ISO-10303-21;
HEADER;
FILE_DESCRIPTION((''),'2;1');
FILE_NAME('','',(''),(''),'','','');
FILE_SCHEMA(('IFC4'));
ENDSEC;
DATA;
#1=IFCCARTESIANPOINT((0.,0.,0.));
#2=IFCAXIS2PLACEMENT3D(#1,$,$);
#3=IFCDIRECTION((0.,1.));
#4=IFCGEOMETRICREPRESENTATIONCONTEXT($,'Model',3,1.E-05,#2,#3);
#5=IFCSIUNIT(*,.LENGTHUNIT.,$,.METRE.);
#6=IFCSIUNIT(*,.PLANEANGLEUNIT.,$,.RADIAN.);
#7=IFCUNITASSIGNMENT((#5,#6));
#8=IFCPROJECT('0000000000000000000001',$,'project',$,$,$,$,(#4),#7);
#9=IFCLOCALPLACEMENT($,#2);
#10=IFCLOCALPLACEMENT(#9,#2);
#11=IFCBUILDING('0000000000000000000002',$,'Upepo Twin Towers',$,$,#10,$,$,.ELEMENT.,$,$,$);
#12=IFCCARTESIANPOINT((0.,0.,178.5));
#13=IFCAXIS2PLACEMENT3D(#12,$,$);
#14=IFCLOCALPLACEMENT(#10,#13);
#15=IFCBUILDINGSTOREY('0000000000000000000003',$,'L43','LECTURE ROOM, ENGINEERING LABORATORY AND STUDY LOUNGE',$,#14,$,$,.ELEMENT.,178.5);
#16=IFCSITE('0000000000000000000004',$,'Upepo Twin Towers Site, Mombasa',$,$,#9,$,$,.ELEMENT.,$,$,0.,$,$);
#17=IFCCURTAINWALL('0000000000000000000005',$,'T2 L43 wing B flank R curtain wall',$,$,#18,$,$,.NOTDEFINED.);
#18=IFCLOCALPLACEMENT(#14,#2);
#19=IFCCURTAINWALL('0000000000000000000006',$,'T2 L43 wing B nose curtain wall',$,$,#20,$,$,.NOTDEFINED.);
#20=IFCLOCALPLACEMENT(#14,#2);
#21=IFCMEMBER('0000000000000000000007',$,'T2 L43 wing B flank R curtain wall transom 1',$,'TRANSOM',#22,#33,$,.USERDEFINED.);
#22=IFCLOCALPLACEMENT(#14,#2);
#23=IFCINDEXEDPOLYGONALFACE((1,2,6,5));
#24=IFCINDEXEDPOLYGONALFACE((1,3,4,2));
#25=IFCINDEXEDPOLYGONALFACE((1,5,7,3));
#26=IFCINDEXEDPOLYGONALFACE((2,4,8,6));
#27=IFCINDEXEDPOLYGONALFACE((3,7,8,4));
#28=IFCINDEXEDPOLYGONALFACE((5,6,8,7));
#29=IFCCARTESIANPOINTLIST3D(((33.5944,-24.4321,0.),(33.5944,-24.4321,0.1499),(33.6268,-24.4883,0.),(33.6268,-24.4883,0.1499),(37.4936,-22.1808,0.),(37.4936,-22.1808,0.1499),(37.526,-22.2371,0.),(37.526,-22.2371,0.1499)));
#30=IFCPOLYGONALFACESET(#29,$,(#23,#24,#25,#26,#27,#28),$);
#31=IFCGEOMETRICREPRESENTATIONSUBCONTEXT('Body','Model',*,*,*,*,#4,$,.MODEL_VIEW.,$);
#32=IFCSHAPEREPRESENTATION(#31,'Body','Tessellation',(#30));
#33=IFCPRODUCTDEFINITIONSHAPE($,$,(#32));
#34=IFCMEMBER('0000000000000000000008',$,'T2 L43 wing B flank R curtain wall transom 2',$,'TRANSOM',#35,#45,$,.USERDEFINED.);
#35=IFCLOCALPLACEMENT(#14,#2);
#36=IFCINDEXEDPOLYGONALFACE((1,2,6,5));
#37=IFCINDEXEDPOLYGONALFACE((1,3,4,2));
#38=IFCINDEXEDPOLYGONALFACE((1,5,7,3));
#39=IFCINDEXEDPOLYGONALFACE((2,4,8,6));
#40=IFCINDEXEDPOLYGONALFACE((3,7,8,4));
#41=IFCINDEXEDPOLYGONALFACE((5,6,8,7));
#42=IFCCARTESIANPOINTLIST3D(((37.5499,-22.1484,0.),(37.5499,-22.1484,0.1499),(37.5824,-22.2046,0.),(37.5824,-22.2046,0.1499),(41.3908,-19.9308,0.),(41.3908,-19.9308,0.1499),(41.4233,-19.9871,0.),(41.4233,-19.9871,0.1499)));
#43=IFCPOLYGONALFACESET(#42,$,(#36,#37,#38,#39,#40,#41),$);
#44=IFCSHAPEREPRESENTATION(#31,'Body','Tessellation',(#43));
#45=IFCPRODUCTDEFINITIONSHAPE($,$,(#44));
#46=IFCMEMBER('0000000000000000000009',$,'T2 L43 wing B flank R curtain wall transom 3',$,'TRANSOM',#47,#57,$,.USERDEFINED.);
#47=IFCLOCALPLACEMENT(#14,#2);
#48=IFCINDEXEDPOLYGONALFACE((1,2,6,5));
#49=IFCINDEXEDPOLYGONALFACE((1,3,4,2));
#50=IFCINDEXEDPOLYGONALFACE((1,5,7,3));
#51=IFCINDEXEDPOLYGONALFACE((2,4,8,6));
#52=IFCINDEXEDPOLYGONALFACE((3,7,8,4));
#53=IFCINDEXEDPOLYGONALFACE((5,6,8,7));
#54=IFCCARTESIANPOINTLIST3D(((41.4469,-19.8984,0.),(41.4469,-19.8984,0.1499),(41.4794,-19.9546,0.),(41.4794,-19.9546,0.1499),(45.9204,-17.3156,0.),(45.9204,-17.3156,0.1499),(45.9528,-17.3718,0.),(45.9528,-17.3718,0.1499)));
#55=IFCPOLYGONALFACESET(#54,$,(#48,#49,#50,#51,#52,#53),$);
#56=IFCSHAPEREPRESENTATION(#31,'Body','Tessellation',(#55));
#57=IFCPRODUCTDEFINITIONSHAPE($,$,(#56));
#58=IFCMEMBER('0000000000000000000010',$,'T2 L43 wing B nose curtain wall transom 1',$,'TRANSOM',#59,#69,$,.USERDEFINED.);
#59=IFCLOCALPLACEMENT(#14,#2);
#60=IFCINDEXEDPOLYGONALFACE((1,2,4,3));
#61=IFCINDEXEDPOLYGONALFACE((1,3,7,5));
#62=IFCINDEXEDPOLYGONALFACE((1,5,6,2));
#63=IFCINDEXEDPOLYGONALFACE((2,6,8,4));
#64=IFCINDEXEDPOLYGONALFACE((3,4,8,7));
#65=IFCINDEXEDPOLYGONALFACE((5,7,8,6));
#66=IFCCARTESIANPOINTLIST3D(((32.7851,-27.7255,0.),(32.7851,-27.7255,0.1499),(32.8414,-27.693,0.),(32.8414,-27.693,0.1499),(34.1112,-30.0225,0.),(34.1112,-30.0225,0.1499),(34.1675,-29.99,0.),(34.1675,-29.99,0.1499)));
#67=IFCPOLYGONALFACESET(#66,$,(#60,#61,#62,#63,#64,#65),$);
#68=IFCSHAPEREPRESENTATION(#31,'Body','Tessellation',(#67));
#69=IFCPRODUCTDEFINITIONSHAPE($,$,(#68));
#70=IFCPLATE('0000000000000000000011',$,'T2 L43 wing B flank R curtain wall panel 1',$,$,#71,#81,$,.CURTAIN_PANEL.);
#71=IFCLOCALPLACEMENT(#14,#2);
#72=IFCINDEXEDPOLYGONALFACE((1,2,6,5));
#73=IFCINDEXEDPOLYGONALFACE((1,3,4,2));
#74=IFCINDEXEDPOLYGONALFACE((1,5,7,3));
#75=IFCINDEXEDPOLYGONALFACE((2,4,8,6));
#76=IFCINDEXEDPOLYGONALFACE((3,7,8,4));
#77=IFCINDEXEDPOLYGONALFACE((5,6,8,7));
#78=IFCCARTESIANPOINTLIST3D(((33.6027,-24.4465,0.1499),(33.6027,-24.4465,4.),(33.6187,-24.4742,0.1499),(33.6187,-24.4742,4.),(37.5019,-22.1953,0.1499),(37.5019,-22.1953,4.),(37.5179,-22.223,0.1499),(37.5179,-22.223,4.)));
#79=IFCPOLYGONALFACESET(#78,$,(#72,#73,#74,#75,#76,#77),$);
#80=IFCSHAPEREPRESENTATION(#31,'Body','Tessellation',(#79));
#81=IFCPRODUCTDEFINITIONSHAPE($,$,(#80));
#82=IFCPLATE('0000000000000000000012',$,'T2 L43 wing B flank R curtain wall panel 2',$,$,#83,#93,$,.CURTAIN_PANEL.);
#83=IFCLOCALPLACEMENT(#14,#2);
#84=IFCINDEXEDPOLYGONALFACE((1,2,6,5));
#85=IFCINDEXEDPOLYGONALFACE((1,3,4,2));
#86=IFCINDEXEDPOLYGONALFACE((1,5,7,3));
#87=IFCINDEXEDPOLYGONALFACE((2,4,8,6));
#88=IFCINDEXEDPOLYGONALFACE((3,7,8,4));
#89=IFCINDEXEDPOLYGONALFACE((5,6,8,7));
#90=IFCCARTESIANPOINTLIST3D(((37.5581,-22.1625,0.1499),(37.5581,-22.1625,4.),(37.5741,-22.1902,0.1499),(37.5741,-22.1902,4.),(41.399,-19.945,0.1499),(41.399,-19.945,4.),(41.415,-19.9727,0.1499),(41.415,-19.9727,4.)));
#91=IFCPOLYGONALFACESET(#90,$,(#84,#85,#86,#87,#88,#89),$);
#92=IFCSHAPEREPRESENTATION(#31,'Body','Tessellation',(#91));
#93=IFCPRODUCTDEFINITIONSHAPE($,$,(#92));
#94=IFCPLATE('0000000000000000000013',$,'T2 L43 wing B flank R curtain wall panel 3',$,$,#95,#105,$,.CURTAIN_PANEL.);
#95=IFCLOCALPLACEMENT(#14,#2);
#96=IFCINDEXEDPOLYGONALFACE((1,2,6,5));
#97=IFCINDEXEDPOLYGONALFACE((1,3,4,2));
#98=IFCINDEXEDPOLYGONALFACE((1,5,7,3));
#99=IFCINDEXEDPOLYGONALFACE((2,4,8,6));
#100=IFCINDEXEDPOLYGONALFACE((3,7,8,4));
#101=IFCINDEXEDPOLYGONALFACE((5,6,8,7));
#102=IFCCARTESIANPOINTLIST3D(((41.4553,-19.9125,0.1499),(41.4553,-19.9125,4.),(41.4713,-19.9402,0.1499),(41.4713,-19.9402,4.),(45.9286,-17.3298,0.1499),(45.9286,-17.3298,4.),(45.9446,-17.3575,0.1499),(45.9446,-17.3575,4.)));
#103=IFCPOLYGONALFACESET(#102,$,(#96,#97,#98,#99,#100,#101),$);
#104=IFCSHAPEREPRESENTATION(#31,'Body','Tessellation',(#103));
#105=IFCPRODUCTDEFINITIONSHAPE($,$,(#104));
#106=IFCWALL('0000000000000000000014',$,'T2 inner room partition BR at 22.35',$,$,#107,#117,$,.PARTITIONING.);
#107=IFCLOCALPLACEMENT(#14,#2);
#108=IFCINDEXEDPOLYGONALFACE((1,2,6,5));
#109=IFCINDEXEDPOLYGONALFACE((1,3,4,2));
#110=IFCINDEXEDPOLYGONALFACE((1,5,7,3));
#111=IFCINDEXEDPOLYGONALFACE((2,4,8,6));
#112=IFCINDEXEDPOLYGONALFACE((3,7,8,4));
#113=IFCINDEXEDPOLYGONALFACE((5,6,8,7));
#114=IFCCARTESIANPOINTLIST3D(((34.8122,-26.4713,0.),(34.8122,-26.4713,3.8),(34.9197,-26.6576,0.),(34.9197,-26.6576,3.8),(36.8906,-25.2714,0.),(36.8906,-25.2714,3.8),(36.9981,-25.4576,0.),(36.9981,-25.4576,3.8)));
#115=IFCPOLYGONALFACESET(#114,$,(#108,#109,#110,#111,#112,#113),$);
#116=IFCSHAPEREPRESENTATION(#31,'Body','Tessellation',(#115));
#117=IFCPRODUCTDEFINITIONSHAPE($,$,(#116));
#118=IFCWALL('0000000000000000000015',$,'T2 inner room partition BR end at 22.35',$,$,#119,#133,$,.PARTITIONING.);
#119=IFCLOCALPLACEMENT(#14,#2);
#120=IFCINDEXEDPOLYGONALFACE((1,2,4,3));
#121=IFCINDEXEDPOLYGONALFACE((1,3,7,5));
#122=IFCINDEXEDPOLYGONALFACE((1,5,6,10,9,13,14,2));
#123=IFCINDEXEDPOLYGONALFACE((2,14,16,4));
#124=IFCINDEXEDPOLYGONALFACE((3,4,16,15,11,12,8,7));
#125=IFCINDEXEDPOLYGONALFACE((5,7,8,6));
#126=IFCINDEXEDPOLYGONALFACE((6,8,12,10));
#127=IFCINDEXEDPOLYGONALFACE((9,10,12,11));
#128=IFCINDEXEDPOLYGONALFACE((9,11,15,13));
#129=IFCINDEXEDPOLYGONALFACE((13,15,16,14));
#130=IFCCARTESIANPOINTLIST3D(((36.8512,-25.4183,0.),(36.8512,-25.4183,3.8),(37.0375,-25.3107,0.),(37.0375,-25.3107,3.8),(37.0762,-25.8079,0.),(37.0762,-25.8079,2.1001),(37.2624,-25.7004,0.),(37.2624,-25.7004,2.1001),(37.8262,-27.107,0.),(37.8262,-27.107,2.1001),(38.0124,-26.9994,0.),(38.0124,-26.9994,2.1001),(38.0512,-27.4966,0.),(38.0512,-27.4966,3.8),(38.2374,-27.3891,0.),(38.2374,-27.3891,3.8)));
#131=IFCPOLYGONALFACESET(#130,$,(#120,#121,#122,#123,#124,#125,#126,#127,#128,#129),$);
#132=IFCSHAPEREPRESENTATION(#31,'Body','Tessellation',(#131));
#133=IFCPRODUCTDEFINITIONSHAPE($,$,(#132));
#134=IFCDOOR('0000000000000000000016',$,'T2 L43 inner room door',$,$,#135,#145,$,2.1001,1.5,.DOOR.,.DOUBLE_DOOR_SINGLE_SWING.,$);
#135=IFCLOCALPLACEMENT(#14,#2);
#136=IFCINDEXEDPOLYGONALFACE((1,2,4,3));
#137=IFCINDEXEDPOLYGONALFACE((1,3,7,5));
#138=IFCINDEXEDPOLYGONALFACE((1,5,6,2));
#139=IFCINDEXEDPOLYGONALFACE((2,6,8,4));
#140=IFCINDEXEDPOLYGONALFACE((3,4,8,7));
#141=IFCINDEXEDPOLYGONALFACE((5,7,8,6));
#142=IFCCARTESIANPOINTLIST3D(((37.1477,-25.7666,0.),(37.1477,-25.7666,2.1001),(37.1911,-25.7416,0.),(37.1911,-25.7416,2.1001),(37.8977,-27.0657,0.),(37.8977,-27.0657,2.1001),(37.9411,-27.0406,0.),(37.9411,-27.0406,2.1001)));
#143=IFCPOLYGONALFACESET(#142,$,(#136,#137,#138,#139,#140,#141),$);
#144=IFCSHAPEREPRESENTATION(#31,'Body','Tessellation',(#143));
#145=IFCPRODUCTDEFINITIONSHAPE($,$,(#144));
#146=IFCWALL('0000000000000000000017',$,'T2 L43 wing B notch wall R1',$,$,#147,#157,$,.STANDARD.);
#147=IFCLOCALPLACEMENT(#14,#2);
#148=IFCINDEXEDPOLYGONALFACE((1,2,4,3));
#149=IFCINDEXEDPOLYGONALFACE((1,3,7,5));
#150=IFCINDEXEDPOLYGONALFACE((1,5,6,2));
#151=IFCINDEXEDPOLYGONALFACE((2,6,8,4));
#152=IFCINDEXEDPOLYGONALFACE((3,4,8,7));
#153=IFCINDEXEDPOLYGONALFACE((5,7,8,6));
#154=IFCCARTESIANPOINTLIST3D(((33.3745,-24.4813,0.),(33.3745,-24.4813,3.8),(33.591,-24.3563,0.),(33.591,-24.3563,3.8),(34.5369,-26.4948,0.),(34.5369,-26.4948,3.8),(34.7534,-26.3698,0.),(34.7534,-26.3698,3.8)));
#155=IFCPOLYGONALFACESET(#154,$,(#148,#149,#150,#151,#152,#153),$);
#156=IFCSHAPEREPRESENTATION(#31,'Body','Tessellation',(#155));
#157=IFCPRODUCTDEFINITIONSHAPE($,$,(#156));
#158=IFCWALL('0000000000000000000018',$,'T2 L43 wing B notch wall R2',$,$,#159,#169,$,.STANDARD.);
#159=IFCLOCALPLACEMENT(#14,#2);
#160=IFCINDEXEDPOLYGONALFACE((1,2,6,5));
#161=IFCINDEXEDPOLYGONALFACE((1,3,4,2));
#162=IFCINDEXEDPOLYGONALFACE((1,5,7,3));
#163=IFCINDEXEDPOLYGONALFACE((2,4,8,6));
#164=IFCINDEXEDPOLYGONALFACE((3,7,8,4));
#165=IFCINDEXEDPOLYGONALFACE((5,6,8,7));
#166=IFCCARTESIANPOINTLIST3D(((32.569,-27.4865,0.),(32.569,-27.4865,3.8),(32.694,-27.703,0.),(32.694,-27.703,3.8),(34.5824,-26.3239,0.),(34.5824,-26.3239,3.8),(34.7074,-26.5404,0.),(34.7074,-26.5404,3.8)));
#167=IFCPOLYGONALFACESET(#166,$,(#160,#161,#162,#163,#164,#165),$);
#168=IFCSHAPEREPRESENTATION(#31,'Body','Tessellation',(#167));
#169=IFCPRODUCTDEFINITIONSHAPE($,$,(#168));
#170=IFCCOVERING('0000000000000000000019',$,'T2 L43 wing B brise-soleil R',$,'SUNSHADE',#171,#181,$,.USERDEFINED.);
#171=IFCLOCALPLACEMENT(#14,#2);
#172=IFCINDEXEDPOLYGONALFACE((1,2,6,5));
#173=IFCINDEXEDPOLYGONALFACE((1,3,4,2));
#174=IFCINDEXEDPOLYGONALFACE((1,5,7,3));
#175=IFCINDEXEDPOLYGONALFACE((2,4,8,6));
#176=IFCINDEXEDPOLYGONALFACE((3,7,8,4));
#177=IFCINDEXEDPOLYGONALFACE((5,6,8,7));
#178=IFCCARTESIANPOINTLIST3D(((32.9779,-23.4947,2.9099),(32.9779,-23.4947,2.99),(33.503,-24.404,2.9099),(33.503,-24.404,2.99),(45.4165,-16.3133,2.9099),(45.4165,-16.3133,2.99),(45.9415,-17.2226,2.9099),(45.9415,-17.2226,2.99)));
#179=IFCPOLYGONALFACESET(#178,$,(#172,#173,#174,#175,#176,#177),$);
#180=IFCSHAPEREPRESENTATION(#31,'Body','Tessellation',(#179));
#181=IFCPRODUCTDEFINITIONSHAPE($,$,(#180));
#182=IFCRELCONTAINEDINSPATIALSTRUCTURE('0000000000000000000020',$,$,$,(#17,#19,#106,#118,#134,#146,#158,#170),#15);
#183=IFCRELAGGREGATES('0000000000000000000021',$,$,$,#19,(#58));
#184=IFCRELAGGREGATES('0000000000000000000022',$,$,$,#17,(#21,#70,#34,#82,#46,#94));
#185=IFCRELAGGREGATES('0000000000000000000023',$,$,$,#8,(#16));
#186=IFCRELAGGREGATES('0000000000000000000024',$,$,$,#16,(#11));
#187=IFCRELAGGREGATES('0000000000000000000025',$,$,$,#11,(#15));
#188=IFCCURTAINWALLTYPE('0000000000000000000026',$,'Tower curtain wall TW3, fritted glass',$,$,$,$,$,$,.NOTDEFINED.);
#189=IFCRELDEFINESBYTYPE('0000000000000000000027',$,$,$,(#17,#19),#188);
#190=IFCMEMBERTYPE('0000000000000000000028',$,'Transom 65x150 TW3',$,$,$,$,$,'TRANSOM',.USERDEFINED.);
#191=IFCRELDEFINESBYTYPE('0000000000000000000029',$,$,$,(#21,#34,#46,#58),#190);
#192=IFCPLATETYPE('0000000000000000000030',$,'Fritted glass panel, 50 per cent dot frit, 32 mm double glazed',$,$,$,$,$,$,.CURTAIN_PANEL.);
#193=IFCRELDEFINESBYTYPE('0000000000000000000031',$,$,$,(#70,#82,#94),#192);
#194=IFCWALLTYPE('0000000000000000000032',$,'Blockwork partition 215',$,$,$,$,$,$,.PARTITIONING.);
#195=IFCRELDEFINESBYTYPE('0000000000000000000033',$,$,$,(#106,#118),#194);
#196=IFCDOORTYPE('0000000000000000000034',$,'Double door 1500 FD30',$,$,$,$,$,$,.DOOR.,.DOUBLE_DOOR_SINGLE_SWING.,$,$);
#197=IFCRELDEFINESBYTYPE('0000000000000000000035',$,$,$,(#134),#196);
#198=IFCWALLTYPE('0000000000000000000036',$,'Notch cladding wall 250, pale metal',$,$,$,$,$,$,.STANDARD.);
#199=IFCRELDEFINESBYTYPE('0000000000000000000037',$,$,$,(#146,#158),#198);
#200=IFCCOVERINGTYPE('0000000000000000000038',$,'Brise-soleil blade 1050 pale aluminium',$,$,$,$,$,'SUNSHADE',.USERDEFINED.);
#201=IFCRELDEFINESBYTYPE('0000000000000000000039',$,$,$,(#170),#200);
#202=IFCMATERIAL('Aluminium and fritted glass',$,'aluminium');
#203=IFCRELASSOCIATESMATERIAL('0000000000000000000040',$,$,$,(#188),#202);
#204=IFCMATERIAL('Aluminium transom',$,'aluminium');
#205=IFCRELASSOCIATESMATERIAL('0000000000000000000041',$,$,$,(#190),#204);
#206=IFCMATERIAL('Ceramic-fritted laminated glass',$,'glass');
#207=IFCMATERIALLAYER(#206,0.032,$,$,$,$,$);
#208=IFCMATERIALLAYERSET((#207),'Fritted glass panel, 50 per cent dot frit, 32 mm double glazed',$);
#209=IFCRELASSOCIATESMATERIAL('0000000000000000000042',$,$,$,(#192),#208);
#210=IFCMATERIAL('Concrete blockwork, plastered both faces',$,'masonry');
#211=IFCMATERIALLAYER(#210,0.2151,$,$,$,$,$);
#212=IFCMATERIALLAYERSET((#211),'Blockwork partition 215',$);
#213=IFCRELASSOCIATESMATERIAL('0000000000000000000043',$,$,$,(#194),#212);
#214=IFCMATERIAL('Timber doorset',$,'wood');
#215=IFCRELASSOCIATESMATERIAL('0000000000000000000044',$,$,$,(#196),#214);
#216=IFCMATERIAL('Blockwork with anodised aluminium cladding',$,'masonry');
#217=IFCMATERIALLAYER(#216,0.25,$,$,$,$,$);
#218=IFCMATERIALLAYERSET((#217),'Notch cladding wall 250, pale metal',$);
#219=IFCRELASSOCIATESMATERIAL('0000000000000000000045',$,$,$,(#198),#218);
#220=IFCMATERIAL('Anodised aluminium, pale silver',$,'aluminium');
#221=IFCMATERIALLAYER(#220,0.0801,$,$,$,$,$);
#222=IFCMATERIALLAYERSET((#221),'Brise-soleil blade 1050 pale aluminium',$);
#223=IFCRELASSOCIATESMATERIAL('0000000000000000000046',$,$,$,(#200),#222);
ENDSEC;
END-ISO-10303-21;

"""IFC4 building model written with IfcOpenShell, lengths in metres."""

from ifc_helpers import new_model, si_unit, direction, frame, frame_2d, origin, origin_2d, place, context, subcontext, project, spatial, rectangle, extrude, material, layer, layer_set, material_profile, profile_set, type_object, element, fill, aggregate, save


model = new_model("IFC4")

# Units and contexts
model_context = context("Model", 3, precision=1e-05, world=origin(), true_north=direction((0.0, 1.0)))
body_context = subcontext(model_context, "Body", "Model", "MODEL_VIEW")
ifc_project = project(units=[si_unit("LENGTHUNIT", "METRE"), si_unit("PLANEANGLEUNIT", "RADIAN")], contexts=[model_context])

# Site, building, storey
site_placement = place(None, origin())
site = spatial("IfcSite", under=ifc_project, at=site_placement, Name="Upepo Twin Towers Site, Mombasa", CompositionType="ELEMENT", RefElevation=0.0)
building_placement = place(site_placement, origin())
building = spatial("IfcBuilding", under=site, at=building_placement, Name="Upepo Twin Towers", CompositionType="ELEMENT")
storey_placement = place(building_placement, frame((0.0, 0.0, 178.5)))
storey = spatial("IfcBuildingStorey", under=building, at=storey_placement, Name="L43", Description="LECTURE ROOM, ENGINEERING LABORATORY AND STUDY LOUNGE", CompositionType="ELEMENT", Elevation=178.5)

# Curtain wall
ifc_material_1 = material(Name="Aluminium and fritted glass", Category="aluminium")
curtain_wall_type = type_object("IfcCurtainWallType", Name="Tower curtain wall TW3, fritted glass", PredefinedType="NOTDEFINED", material=ifc_material_1)
curtain_wall_1_placement = place(storey_placement, origin())
curtain_wall_1 = element("IfcCurtainWall", 1, at=curtain_wall_1_placement, inside=storey, type_object=curtain_wall_type, Name="T2 L43 wing B flank R curtain wall", PredefinedType="NOTDEFINED")

# Curtain wall
curtain_wall_2_placement = place(storey_placement, origin())
curtain_wall_2 = element("IfcCurtainWall", 2, at=curtain_wall_2_placement, inside=storey, type_object=curtain_wall_type, Name="T2 L43 wing B nose curtain wall", PredefinedType="NOTDEFINED")

# Members
ifc_material_2 = material(Name="Aluminium transom", Category="aluminium")
ifc_material_profile_1 = material_profile(ifc_material_2, rectangle(XDim=0.0649, YDim=0.1499, at=origin_2d()), Name="TRANSOM 65x150")
ifc_profile_set_1 = profile_set([ifc_material_profile_1], Name="Aluminium transom")
member_type_1 = type_object("IfcMemberType", Name="Transom 65x150 TW3", ElementType="TRANSOM", PredefinedType="USERDEFINED", material=ifc_profile_set_1)
member_1_placement = place(storey_placement, frame((33.6106, -24.4602, 0.075), z_axis=(0.866022, 0.500006, 0.0), x_axis=(-0.500006, 0.866022, 0.0)))
member_1 = element("IfcMember", 3, at=member_1_placement, type_object=member_type_1, Name="T2 L43 wing B flank R curtain wall transom 1", ObjectType="TRANSOM", PredefinedType="USERDEFINED", context=body_context, shape_type="SweptSolid", body=[
    extrude(rectangle(XDim=0.0649, YDim=0.1499, at=origin_2d()), origin(), (0.0, 0.0, 1.0), 4.5024),
])
member_2_placement = place(storey_placement, frame((37.5662, -22.1765, 0.075), z_axis=(0.866022, 0.500005, 0.0), x_axis=(-0.500005, 0.866022, 0.0)))
member_2 = element("IfcMember", 4, at=member_2_placement, type_object=member_type_1, Name="T2 L43 wing B flank R curtain wall transom 2", ObjectType="TRANSOM", PredefinedType="USERDEFINED", context=body_context, shape_type="SweptSolid", body=[
    extrude(rectangle(XDim=0.0649, YDim=0.1499, at=origin_2d()), origin(), (0.0, 0.0, 1.0), 4.4351),
])
member_3_placement = place(storey_placement, frame((41.4631, -19.9265, 0.075), z_axis=(0.866021, 0.500007, 0.0), x_axis=(-0.500007, 0.866021, 0.0)))
member_3 = element("IfcMember", 5, at=member_3_placement, type_object=member_type_1, Name="T2 L43 wing B flank R curtain wall transom 3", ObjectType="TRANSOM", PredefinedType="USERDEFINED", context=body_context, shape_type="SweptSolid", body=[
    extrude(rectangle(XDim=0.0649, YDim=0.1499, at=origin_2d()), origin(), (0.0, 0.0, 1.0), 5.1655),
])
member_4_placement = place(storey_placement, frame((32.8132, -27.7092, 0.075), z_axis=(0.49998, -0.866037, 0.0), x_axis=(0.866037, 0.49998, 0.0)))
member_4 = element("IfcMember", 6, at=member_4_placement, type_object=member_type_1, Name="T2 L43 wing B nose curtain wall transom 1", ObjectType="TRANSOM", PredefinedType="USERDEFINED", context=body_context, shape_type="SweptSolid", body=[
    extrude(rectangle(XDim=0.0649, YDim=0.1499, at=origin_2d()), origin(), (0.0, 0.0, 1.0), 2.6523),
])
aggregate(curtain_wall_2, [member_4])

# Plates
ifc_material_3 = material(Name="Ceramic-fritted laminated glass", Category="glass")
ifc_layer_1 = layer(ifc_material_3, 0.032)
ifc_layer_set_1 = layer_set([ifc_layer_1], Name="Fritted glass panel, 50 per cent dot frit, 32 mm double glazed")
plate_type = type_object("IfcPlateType", Name="Fritted glass panel, 50 per cent dot frit, 32 mm double glazed", PredefinedType="CURTAIN_PANEL", material=ifc_layer_set_1)
plate_1_placement = place(storey_placement, frame((35.5603, -23.3347, 0.1499), z_axis=(0.0, 0.0, 1.0), x_axis=(0.866025, 0.5, 0.0)))
plate_1 = element("IfcPlate", 7, at=plate_1_placement, type_object=plate_type, Name="T2 L43 wing B flank R curtain wall panel 1", PredefinedType="CURTAIN_PANEL", context=body_context, shape_type="SweptSolid", body=[
    extrude(rectangle(XDim=4.5024, YDim=0.032, at=origin_2d()), origin(), (0.0, 0.0, 1.0), 3.8501),
])
plate_2_placement = place(storey_placement, frame((39.4866, -21.0676, 0.1499), z_axis=(0.0, 0.0, 1.0), x_axis=(0.866025, 0.5, 0.0)))
plate_2 = element("IfcPlate", 8, at=plate_2_placement, type_object=plate_type, Name="T2 L43 wing B flank R curtain wall panel 2", PredefinedType="CURTAIN_PANEL", context=body_context, shape_type="SweptSolid", body=[
    extrude(rectangle(XDim=4.4351, YDim=0.032, at=origin_2d()), origin(), (0.0, 0.0, 1.0), 3.8501),
])
plate_3_placement = place(storey_placement, frame((43.7, -18.635, 0.1499), z_axis=(0.0, 0.0, 1.0), x_axis=(0.866025, 0.5, 0.0)))
plate_3 = element("IfcPlate", 9, at=plate_3_placement, type_object=plate_type, Name="T2 L43 wing B flank R curtain wall panel 3", PredefinedType="CURTAIN_PANEL", context=body_context, shape_type="SweptSolid", body=[
    extrude(rectangle(XDim=5.1653, YDim=0.032, at=origin_2d()), origin(), (0.0, 0.0, 1.0), 3.8501),
])
aggregate(curtain_wall_1, [member_1, plate_1, member_2, plate_2, member_3, plate_3])

# Wall
ifc_material_4 = material(Name="Concrete blockwork, plastered both faces", Category="masonry")
ifc_layer_2 = layer(ifc_material_4, 0.2151)
ifc_layer_set_2 = layer_set([ifc_layer_2], Name="Blockwork partition 215")
wall_type_1 = type_object("IfcWallType", Name="Blockwork partition 215", PredefinedType="PARTITIONING", material=ifc_layer_set_2)
wall_1_placement = place(storey_placement, frame((36.9443, -25.3645, 0.0), z_axis=(0.0, 0.0, 1.0), x_axis=(-0.866025, -0.500001, 0.0)))
element("IfcWall", 10, at=wall_1_placement, inside=storey, type_object=wall_type_1, Name="T2 inner room partition BR at 22.35", PredefinedType="PARTITIONING", context=body_context, shape_type="SweptSolid", body=[
    extrude(rectangle(XDim=2.3999, YDim=0.2151, at=frame_2d((1.2, 0.0))), origin(), (0.0, 0.0, 1.0), 3.8),
])

# Wall, opening, door
wall_2_placement = place(storey_placement, frame((38.1443, -27.4429, 0.0), z_axis=(0.0, 0.0, 1.0), x_axis=(-0.500001, 0.866025, 0.0)))
wall_2 = element("IfcWall", 11, at=wall_2_placement, inside=storey, type_object=wall_type_1, Name="T2 inner room partition BR end at 22.35", PredefinedType="PARTITIONING", context=body_context, shape_type="SweptSolid", body=[
    extrude(rectangle(XDim=2.3999, YDim=0.2151, at=frame_2d((1.2, 0.0))), origin(), (0.0, 0.0, 1.0), 3.8),
])
opening_placement = place(wall_2_placement, frame((0.45, 0.0, 0.0)))
opening = element("IfcOpeningElement", 12, at=opening_placement, cuts=wall_2, PredefinedType="OPENING", context=body_context, shape_type="SweptSolid", body=[
    extrude(rectangle(XDim=1.5, YDim=2.1001, at=frame_2d((0.75, 1.05))), frame((0.0, 0.1174, 0.0), z_axis=(0.0, -1.0, 0.0), x_axis=(1.0, 0.0, 0.0)), (0.0, 0.0, 1.0), 0.2351),
])
ifc_material_5 = material(Name="Timber doorset", Category="wood")
door_type = type_object("IfcDoorType", Name="Double door 1500 FD30", OperationType="DOUBLE_DOOR_SINGLE_SWING", PredefinedType="DOOR", material=ifc_material_5)
door_placement = place(opening_placement, origin())
door = element("IfcDoor", 13, at=door_placement, inside=storey, type_object=door_type, Name="T2 L43 inner room door", OperationType="DOUBLE_DOOR_SINGLE_SWING", OverallHeight=2.1001, OverallWidth=1.5, PredefinedType="DOOR", context=body_context, shape_type="SweptSolid", body=[
    extrude(rectangle(XDim=1.5, YDim=2.1001, at=frame_2d((0.75, 1.05))), frame((0.0, 0.0249, 0.0), z_axis=(0.0, -1.0, 0.0), x_axis=(1.0, 0.0, 0.0)), (0.0, 0.0, 1.0), 0.05),
])
fill(opening, door)

# Walls
ifc_material_6 = material(Name="Blockwork with anodised aluminium cladding", Category="masonry")
ifc_layer_3 = layer(ifc_material_6, 0.25)
ifc_layer_set_3 = layer_set([ifc_layer_3], Name="Notch cladding wall 250, pale metal")
wall_type_2 = type_object("IfcWallType", Name="Notch cladding wall 250, pale metal", PredefinedType="STANDARD", material=ifc_layer_set_3)
for number, where, z_axis, x_axis, name in (
    (14, (33.4827, -24.4187, 0.0), (0.0, 0.0, 1.0), (0.499968, -0.866044, 0.0), "T2 L43 wing B notch wall R1"),
    (15, (34.645, -26.4321, 0.0), (0.0, 0.0, 1.0), (-0.865998, -0.500047, 0.0), "T2 L43 wing B notch wall R2"),
):
    element("IfcWall", number, at=place(storey_placement, frame(where, z_axis=z_axis, x_axis=x_axis)), inside=storey, type_object=wall_type_2, Name=name, PredefinedType="STANDARD", context=body_context, shape_type="SweptSolid", body=[
        extrude(rectangle(XDim=2.325, YDim=0.25, at=frame_2d((1.1626, 0.0))), origin(), (0.0, 0.0, 1.0), 3.8),
    ])

# Covering
ifc_material_7 = material(Name="Anodised aluminium, pale silver", Category="aluminium")
ifc_layer_4 = layer(ifc_material_7, 0.0801)
ifc_layer_set_4 = layer_set([ifc_layer_4], Name="Brise-soleil blade 1050 pale aluminium")
covering_type = type_object("IfcCoveringType", Name="Brise-soleil blade 1050 pale aluminium", ElementType="SUNSHADE", PredefinedType="USERDEFINED", material=ifc_layer_set_4)
covering_placement = place(storey_placement, frame((39.4597, -20.3586, 2.9099), z_axis=(0.0, 0.0, 1.0), x_axis=(-0.866025, -0.5, 0.0)))
element("IfcCovering", 16, at=covering_placement, inside=storey, type_object=covering_type, Name="T2 L43 wing B brise-soleil R", ObjectType="SUNSHADE", PredefinedType="USERDEFINED", context=body_context, shape_type="SweptSolid", body=[
    extrude(rectangle(XDim=14.3628, YDim=1.05, at=origin_2d()), origin(), (0.0, 0.0, 1.0), 0.0801),
])

save(model, "model.ifc")
